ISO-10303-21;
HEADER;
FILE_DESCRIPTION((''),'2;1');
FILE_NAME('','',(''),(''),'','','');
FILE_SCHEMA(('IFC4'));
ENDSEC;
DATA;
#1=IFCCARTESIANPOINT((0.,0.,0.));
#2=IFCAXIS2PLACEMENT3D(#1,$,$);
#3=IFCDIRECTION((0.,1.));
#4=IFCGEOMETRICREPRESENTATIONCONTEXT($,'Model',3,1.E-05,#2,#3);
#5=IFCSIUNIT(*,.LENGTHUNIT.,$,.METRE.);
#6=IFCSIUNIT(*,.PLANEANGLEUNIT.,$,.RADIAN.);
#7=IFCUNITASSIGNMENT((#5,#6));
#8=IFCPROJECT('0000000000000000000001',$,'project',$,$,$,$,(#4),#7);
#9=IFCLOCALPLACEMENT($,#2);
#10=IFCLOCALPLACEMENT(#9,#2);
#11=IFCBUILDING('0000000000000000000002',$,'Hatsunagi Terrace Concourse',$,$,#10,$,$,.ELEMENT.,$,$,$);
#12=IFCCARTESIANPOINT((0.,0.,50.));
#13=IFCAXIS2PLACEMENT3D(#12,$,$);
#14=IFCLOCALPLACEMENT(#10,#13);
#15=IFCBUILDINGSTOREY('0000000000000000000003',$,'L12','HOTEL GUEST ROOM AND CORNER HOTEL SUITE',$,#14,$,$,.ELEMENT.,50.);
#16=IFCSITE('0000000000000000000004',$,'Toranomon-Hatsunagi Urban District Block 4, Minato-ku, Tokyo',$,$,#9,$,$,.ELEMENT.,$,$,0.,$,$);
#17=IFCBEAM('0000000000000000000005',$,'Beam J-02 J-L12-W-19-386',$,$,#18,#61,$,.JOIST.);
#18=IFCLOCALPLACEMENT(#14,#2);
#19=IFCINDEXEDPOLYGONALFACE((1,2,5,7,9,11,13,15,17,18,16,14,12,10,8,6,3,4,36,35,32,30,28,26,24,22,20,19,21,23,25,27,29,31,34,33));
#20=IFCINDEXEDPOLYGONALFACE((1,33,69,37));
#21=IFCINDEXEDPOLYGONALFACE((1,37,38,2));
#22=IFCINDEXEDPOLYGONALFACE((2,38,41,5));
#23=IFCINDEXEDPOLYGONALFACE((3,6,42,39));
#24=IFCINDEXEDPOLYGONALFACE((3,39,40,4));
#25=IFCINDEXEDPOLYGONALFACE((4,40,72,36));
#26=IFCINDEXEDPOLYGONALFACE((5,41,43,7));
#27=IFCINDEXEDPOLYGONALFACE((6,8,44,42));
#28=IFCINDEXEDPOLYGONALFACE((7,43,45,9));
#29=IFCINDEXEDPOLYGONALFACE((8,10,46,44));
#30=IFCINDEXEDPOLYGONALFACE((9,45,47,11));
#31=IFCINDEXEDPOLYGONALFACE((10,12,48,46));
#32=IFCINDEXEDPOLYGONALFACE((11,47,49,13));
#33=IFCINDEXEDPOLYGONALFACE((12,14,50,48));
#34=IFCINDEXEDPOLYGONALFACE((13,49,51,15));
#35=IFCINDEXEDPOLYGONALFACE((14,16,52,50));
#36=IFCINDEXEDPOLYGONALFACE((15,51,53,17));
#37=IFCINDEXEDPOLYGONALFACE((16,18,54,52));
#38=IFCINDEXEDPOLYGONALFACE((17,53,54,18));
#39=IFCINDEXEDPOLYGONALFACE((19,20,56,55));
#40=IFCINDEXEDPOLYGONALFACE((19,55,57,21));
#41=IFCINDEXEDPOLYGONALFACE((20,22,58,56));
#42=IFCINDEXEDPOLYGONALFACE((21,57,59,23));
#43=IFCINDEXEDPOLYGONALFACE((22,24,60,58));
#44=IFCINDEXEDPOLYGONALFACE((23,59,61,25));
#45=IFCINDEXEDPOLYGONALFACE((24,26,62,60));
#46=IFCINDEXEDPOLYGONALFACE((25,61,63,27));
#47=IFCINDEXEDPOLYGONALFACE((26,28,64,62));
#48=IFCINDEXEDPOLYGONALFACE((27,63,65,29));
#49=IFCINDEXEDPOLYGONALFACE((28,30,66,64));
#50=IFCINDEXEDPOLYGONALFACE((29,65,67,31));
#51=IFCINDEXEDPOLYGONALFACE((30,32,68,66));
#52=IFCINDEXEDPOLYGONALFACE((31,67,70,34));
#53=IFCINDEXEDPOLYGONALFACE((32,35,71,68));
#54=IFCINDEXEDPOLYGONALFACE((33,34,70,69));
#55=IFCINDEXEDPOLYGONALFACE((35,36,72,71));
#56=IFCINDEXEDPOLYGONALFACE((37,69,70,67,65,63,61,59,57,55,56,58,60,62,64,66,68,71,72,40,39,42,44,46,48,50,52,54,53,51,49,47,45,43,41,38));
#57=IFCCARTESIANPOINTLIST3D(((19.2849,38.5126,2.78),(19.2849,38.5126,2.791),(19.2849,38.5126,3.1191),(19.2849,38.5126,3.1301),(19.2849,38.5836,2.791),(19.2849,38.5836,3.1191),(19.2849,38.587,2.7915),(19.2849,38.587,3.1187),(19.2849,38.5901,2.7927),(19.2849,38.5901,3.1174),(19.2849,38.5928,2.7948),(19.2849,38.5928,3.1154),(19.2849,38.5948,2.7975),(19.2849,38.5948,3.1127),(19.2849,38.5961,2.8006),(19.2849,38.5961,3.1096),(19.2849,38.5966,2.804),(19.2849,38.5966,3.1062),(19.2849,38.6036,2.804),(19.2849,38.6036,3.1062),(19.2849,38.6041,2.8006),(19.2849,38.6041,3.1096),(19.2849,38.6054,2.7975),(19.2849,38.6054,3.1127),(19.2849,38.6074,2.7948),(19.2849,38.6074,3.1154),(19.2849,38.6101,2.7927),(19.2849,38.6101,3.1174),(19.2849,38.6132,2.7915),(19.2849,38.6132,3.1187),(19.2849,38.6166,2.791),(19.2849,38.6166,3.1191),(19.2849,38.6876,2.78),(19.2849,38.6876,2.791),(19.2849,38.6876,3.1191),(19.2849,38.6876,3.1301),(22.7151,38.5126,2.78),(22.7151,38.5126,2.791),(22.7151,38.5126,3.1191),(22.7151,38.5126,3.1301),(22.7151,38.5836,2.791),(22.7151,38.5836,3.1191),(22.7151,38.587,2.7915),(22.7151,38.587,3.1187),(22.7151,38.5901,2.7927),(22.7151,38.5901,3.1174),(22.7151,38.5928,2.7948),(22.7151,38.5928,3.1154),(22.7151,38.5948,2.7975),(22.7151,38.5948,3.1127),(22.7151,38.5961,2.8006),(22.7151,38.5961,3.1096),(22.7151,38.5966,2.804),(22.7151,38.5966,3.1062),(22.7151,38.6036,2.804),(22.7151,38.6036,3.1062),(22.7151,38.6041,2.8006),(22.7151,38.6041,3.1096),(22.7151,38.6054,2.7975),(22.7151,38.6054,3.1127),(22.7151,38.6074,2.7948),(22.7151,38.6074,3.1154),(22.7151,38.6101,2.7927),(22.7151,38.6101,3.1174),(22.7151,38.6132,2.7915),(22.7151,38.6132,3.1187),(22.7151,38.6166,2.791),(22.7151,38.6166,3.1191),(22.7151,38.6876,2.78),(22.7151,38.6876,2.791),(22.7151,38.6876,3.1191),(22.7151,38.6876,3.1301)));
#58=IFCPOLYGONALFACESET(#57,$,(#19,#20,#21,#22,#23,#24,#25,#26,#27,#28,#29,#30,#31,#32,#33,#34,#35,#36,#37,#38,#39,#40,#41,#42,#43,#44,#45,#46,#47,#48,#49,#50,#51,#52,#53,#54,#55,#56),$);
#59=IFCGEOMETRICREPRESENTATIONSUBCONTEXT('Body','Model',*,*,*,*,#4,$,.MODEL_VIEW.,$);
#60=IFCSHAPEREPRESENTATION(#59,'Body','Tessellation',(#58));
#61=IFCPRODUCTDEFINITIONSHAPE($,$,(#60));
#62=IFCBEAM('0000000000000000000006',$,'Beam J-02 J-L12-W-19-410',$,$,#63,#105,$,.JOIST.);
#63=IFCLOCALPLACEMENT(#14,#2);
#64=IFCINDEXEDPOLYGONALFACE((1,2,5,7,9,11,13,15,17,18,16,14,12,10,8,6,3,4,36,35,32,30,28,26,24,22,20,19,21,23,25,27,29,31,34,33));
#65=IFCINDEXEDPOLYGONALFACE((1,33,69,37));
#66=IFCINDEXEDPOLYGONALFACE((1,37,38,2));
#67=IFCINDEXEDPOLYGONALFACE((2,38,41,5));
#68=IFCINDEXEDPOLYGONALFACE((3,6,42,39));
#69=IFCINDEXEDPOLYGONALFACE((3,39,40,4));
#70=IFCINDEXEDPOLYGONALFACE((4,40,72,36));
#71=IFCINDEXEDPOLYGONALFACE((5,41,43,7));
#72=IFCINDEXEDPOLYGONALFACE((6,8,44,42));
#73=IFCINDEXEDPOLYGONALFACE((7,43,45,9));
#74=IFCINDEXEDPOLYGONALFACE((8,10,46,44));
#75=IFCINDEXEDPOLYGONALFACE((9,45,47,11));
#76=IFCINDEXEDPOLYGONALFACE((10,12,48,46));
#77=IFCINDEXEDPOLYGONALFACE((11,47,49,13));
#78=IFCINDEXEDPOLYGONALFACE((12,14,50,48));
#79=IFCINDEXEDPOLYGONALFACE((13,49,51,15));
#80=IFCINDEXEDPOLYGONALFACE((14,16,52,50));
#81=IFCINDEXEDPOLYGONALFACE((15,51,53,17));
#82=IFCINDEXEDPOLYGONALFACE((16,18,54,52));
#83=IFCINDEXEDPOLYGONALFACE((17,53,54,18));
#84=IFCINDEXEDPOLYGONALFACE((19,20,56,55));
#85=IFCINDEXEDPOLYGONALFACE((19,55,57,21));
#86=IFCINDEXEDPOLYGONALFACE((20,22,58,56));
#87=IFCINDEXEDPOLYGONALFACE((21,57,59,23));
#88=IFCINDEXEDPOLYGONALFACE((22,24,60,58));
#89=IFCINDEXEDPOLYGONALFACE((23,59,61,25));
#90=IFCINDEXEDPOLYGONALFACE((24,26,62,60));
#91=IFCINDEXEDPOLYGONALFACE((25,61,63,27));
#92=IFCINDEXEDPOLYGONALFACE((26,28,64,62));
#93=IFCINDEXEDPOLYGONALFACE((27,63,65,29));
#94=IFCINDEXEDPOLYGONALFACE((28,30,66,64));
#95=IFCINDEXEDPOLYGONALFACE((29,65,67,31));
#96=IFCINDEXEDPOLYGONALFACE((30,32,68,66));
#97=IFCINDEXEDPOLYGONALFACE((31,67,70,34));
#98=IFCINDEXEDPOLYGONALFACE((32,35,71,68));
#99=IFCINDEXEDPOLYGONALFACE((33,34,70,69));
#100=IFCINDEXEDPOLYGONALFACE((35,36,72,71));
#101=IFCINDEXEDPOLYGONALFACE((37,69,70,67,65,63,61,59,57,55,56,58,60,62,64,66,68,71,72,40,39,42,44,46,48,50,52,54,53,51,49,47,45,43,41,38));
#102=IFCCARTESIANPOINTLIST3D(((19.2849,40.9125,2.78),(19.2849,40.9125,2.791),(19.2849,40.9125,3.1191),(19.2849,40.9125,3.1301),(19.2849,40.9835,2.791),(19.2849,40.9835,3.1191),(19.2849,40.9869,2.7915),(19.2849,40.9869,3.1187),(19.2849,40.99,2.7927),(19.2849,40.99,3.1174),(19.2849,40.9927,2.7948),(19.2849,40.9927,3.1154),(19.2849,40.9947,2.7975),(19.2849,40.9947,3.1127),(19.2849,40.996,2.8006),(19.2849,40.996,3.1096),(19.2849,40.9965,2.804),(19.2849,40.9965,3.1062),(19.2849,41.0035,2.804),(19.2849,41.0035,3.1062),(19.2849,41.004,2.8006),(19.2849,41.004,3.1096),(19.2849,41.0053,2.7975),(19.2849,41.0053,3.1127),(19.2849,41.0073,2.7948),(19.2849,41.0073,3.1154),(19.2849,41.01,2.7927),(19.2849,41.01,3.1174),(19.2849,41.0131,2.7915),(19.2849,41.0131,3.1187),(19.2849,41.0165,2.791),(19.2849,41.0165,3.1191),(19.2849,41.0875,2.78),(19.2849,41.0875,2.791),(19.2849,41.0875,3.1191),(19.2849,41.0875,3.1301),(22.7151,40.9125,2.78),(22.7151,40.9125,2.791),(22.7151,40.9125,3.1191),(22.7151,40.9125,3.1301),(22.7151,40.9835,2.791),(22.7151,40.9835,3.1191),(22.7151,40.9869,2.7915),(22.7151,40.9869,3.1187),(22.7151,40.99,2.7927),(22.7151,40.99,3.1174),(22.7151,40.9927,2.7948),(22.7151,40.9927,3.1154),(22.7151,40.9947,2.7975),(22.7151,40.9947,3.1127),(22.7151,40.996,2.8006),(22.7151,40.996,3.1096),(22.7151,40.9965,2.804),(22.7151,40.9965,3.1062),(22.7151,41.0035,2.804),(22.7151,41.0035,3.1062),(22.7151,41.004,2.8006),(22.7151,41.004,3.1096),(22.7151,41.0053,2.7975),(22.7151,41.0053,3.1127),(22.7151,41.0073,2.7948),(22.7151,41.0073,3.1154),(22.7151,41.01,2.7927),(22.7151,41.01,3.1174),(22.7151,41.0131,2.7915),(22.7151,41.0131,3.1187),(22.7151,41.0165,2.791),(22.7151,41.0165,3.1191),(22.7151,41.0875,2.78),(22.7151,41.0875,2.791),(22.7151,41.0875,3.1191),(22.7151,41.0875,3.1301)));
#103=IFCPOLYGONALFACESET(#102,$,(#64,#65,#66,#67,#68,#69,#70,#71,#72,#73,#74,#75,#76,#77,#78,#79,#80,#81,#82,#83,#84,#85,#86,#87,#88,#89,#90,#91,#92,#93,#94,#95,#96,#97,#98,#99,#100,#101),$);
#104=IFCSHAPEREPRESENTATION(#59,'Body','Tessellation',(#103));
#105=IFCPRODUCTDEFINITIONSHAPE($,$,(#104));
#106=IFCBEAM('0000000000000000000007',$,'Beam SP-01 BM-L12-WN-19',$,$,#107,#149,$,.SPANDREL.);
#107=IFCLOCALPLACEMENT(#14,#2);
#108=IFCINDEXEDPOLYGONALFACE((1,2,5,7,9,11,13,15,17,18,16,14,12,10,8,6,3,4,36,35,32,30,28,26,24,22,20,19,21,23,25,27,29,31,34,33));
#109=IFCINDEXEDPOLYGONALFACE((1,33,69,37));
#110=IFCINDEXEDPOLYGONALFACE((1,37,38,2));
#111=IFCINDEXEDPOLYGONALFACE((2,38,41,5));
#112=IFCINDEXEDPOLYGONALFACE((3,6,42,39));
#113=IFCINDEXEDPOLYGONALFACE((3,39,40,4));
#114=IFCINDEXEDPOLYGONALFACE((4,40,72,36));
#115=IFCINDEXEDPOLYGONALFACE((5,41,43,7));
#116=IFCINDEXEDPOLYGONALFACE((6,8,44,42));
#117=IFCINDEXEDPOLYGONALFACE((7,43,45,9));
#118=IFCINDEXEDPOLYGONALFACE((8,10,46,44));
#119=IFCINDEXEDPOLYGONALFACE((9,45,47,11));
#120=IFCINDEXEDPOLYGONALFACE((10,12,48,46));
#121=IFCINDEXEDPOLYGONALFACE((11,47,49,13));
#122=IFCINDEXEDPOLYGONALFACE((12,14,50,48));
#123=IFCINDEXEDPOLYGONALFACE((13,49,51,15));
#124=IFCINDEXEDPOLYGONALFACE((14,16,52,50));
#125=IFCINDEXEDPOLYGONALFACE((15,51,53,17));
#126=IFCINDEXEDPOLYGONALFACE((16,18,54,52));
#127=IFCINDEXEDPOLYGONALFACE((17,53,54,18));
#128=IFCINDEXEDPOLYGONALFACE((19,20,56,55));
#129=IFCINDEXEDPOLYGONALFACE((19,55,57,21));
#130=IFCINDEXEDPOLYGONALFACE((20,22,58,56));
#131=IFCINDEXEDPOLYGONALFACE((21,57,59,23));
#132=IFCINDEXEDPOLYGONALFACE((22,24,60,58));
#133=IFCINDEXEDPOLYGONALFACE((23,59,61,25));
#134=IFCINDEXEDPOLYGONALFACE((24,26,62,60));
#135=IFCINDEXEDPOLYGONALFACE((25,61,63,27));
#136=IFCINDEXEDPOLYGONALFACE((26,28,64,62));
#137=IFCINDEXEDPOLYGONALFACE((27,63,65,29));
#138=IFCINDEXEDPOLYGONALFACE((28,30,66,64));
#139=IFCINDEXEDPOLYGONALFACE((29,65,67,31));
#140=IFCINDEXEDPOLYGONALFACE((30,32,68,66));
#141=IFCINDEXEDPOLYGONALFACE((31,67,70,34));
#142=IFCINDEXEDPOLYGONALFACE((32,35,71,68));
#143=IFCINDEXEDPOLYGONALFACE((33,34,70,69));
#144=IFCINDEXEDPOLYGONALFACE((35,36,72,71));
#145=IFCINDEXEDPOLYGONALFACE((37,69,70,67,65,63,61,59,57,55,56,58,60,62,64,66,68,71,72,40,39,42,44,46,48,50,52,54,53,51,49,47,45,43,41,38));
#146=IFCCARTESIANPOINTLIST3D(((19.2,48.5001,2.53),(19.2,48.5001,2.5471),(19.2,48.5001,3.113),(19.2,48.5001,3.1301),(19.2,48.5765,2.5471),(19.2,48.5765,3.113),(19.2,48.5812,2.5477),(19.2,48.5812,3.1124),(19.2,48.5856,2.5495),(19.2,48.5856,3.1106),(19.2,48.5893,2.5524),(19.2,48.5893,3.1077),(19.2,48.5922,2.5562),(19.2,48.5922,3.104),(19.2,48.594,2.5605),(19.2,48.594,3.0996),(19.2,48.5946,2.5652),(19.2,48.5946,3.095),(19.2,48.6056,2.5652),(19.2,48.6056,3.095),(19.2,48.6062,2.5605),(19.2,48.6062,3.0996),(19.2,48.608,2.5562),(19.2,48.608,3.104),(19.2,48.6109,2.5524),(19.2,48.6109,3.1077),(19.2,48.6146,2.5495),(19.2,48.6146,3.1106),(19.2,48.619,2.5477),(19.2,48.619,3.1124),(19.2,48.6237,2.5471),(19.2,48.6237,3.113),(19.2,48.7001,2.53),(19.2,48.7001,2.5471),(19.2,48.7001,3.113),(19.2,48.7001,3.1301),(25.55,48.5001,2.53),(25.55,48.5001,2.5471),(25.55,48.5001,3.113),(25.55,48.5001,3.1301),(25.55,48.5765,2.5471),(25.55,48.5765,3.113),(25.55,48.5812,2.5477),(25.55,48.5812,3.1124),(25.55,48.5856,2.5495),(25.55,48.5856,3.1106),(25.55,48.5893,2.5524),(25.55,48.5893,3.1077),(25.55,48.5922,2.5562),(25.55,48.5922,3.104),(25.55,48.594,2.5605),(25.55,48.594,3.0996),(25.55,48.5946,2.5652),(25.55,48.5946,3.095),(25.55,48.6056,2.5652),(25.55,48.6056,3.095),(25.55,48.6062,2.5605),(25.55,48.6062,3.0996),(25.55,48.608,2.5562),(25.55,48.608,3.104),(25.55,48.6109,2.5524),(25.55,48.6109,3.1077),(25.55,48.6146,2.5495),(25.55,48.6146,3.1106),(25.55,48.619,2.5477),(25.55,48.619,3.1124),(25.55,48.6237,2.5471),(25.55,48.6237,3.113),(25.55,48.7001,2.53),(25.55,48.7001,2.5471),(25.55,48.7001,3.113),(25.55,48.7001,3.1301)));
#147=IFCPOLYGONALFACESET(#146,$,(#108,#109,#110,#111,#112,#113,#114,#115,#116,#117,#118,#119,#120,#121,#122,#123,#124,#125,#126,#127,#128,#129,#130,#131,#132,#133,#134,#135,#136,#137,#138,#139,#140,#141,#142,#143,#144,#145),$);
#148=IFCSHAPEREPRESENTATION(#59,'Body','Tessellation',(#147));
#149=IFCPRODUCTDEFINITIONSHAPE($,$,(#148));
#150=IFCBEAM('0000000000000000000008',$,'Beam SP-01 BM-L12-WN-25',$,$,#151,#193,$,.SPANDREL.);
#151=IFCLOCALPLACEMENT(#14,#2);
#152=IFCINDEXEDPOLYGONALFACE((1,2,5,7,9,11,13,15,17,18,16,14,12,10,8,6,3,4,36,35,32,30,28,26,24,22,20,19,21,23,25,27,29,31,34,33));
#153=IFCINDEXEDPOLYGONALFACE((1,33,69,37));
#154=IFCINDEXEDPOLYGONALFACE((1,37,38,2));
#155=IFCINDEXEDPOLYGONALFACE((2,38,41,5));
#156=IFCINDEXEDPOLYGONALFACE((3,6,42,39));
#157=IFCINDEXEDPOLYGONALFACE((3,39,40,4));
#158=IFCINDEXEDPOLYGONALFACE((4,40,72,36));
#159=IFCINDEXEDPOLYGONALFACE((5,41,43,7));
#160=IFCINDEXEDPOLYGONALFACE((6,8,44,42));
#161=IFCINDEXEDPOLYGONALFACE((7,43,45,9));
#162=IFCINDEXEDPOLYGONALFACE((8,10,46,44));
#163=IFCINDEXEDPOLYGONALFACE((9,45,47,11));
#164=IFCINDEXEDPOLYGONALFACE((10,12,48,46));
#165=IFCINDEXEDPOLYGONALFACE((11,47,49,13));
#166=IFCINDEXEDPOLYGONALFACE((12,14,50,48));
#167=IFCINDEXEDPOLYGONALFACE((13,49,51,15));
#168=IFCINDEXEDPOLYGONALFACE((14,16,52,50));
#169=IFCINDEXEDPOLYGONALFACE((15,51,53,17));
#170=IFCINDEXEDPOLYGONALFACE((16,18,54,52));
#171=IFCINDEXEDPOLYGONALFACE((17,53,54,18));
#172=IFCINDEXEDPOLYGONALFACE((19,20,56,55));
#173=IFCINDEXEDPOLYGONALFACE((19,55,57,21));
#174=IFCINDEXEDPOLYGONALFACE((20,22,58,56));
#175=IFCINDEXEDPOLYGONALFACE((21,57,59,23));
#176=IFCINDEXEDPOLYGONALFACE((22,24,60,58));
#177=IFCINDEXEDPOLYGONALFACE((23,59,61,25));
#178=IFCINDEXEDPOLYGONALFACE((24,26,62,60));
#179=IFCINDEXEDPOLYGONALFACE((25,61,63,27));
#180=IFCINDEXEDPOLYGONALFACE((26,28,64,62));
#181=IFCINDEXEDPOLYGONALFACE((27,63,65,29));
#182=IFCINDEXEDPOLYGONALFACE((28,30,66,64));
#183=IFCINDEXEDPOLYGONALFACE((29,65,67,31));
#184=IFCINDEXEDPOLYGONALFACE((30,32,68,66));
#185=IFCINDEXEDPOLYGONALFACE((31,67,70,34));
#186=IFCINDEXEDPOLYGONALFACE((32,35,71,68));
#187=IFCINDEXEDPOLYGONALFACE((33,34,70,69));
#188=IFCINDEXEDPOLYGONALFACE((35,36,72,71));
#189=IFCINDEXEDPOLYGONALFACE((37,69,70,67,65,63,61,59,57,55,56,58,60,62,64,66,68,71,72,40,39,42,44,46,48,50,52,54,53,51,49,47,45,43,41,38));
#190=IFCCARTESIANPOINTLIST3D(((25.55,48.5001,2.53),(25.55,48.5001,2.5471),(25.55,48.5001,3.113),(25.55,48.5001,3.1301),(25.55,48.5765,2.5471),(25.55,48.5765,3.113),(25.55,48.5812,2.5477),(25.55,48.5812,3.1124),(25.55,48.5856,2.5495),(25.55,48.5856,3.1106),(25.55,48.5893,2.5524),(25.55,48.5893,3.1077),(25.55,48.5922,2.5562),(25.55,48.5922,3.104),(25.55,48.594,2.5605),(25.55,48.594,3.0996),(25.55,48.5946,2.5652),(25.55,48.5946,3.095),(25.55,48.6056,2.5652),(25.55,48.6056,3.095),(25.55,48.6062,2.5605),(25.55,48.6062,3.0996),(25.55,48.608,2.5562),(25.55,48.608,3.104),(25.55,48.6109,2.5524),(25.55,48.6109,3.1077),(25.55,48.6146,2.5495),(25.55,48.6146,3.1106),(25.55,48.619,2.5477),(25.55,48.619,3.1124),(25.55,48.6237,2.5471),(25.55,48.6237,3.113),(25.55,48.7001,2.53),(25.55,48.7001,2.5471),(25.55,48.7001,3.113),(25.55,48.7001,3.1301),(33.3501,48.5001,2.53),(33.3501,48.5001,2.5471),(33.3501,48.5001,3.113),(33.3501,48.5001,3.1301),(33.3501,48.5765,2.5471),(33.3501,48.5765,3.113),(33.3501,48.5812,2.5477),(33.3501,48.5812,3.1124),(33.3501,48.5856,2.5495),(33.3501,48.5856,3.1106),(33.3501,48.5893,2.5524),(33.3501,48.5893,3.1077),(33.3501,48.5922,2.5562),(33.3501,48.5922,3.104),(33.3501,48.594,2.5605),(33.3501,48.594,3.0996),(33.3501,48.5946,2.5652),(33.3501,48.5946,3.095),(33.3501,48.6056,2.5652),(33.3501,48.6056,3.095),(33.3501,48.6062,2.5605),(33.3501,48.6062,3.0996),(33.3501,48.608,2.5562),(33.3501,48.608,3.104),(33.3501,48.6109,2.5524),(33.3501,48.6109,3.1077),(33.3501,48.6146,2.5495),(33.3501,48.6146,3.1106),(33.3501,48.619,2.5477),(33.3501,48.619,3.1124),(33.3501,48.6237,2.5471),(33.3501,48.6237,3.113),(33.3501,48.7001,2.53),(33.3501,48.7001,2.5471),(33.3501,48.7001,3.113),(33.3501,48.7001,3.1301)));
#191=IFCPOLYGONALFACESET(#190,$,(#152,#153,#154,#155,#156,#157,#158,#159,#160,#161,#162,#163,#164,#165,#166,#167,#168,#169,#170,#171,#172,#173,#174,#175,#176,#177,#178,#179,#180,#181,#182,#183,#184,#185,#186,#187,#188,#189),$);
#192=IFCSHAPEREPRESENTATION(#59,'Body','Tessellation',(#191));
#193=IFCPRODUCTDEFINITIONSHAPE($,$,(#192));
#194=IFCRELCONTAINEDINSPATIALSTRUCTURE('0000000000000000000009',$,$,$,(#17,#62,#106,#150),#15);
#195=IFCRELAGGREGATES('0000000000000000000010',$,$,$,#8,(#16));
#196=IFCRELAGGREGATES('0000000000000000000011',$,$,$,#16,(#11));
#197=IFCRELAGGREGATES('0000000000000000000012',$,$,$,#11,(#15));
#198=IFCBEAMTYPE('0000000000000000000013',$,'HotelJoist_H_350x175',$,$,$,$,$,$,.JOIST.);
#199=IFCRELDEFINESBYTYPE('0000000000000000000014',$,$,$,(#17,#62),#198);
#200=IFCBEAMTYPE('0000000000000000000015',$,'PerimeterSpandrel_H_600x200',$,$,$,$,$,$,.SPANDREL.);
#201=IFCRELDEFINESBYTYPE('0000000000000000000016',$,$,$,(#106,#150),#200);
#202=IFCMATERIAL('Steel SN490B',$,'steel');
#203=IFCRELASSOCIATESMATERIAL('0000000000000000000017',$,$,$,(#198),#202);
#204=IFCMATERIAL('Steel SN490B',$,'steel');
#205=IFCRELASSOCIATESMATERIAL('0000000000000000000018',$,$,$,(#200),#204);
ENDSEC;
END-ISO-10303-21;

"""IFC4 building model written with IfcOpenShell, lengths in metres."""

from ifc_helpers import new_model, si_unit, direction, frame, origin, origin_2d, place, context, subcontext, project, spatial, i_section, extrude, material, material_profile, profile_set, type_object, element, save


model = new_model("IFC4")

# Units and contexts
model_context = context("Model", 3, precision=1e-05, world=origin(), true_north=direction((0.0, 1.0)))
body_context = subcontext(model_context, "Body", "Model", "MODEL_VIEW")
ifc_project = project(units=[si_unit("LENGTHUNIT", "METRE"), si_unit("PLANEANGLEUNIT", "RADIAN")], contexts=[model_context])

# Site, building, storey
site_placement = place(None, origin())
site = spatial("IfcSite", under=ifc_project, at=site_placement, Name="Toranomon-Hatsunagi Urban District Block 4, Minato-ku, Tokyo", CompositionType="ELEMENT", RefElevation=0.0)
building_placement = place(site_placement, origin())
building = spatial("IfcBuilding", under=site, at=building_placement, Name="Hatsunagi Terrace Concourse", CompositionType="ELEMENT")
storey_placement = place(building_placement, frame((0.0, 0.0, 50.0)))
storey = spatial("IfcBuildingStorey", under=building, at=storey_placement, Name="L12", Description="HOTEL GUEST ROOM AND CORNER HOTEL SUITE", CompositionType="ELEMENT", Elevation=50.0)

# Beams
ifc_material_1 = material(Name="Steel SN490B", Category="steel")
ifc_material_profile_1 = material_profile(ifc_material_1, i_section(OverallWidth=0.175, OverallDepth=0.3501, WebThickness=0.0071, FlangeThickness=0.011, FilletRadius=0.0129, at=origin_2d()), Name="H-350x175x7x11")
ifc_profile_set_1 = profile_set([ifc_material_profile_1], Name="Steel SN490B")
beam_type_1 = type_object("IfcBeamType", Name="HotelJoist_H_350x175", PredefinedType="JOIST", material=ifc_profile_set_1)
for number, where, z_axis, x_axis, name in (
    (1, (19.2849, 38.6001, 2.9551), (1.0, 0.0, 0.0), (0.0, 1.0, 0.0), "Beam J-02 J-L12-W-19-386"),
    (2, (19.2849, 41.0, 2.9551), (1.0, 0.0, 0.0), (0.0, 1.0, 0.0), "Beam J-02 J-L12-W-19-410"),
):
    element("IfcBeam", number, at=place(storey_placement, frame(where, z_axis=z_axis, x_axis=x_axis)), inside=storey, type_object=beam_type_1, Name=name, PredefinedType="JOIST", context=body_context, shape_type="SweptSolid", body=[
        extrude(i_section(OverallWidth=0.175, OverallDepth=0.3501, WebThickness=0.0071, FlangeThickness=0.011, FilletRadius=0.0129, at=origin_2d()), origin(), (0.0, 0.0, 1.0), 3.4302),
    ])
ifc_material_2 = material(Name="Steel SN490B", Category="steel")
ifc_material_profile_2 = material_profile(ifc_material_2, i_section(OverallWidth=0.2, OverallDepth=0.6001, WebThickness=0.011, FlangeThickness=0.0171, FilletRadius=0.0181, at=origin_2d()), Name="H-600x200x11x17")
ifc_profile_set_2 = profile_set([ifc_material_profile_2], Name="Steel SN490B")
beam_type_2 = type_object("IfcBeamType", Name="PerimeterSpandrel_H_600x200", PredefinedType="SPANDREL", material=ifc_profile_set_2)
beam_1_placement = place(storey_placement, frame((19.2, 48.6001, 2.8301), z_axis=(1.0, 0.0, 0.0), x_axis=(0.0, 1.0, 0.0)))
element("IfcBeam", 3, at=beam_1_placement, inside=storey, type_object=beam_type_2, Name="Beam SP-01 BM-L12-WN-19", PredefinedType="SPANDREL", context=body_context, shape_type="SweptSolid", body=[
    extrude(i_section(OverallWidth=0.2, OverallDepth=0.6001, WebThickness=0.011, FlangeThickness=0.0171, FilletRadius=0.0181, at=origin_2d()), origin(), (0.0, 0.0, 1.0), 6.3501),
])
beam_2_placement = place(storey_placement, frame((25.55, 48.6001, 2.8301), z_axis=(1.0, 0.0, 0.0), x_axis=(0.0, 1.0, 0.0)))
element("IfcBeam", 4, at=beam_2_placement, inside=storey, type_object=beam_type_2, Name="Beam SP-01 BM-L12-WN-25", PredefinedType="SPANDREL", context=body_context, shape_type="SweptSolid", body=[
    extrude(i_section(OverallWidth=0.2, OverallDepth=0.6001, WebThickness=0.011, FlangeThickness=0.0171, FilletRadius=0.0181, at=origin_2d()), origin(), (0.0, 0.0, 1.0), 7.8),
])

save(model, "model.ifc")
